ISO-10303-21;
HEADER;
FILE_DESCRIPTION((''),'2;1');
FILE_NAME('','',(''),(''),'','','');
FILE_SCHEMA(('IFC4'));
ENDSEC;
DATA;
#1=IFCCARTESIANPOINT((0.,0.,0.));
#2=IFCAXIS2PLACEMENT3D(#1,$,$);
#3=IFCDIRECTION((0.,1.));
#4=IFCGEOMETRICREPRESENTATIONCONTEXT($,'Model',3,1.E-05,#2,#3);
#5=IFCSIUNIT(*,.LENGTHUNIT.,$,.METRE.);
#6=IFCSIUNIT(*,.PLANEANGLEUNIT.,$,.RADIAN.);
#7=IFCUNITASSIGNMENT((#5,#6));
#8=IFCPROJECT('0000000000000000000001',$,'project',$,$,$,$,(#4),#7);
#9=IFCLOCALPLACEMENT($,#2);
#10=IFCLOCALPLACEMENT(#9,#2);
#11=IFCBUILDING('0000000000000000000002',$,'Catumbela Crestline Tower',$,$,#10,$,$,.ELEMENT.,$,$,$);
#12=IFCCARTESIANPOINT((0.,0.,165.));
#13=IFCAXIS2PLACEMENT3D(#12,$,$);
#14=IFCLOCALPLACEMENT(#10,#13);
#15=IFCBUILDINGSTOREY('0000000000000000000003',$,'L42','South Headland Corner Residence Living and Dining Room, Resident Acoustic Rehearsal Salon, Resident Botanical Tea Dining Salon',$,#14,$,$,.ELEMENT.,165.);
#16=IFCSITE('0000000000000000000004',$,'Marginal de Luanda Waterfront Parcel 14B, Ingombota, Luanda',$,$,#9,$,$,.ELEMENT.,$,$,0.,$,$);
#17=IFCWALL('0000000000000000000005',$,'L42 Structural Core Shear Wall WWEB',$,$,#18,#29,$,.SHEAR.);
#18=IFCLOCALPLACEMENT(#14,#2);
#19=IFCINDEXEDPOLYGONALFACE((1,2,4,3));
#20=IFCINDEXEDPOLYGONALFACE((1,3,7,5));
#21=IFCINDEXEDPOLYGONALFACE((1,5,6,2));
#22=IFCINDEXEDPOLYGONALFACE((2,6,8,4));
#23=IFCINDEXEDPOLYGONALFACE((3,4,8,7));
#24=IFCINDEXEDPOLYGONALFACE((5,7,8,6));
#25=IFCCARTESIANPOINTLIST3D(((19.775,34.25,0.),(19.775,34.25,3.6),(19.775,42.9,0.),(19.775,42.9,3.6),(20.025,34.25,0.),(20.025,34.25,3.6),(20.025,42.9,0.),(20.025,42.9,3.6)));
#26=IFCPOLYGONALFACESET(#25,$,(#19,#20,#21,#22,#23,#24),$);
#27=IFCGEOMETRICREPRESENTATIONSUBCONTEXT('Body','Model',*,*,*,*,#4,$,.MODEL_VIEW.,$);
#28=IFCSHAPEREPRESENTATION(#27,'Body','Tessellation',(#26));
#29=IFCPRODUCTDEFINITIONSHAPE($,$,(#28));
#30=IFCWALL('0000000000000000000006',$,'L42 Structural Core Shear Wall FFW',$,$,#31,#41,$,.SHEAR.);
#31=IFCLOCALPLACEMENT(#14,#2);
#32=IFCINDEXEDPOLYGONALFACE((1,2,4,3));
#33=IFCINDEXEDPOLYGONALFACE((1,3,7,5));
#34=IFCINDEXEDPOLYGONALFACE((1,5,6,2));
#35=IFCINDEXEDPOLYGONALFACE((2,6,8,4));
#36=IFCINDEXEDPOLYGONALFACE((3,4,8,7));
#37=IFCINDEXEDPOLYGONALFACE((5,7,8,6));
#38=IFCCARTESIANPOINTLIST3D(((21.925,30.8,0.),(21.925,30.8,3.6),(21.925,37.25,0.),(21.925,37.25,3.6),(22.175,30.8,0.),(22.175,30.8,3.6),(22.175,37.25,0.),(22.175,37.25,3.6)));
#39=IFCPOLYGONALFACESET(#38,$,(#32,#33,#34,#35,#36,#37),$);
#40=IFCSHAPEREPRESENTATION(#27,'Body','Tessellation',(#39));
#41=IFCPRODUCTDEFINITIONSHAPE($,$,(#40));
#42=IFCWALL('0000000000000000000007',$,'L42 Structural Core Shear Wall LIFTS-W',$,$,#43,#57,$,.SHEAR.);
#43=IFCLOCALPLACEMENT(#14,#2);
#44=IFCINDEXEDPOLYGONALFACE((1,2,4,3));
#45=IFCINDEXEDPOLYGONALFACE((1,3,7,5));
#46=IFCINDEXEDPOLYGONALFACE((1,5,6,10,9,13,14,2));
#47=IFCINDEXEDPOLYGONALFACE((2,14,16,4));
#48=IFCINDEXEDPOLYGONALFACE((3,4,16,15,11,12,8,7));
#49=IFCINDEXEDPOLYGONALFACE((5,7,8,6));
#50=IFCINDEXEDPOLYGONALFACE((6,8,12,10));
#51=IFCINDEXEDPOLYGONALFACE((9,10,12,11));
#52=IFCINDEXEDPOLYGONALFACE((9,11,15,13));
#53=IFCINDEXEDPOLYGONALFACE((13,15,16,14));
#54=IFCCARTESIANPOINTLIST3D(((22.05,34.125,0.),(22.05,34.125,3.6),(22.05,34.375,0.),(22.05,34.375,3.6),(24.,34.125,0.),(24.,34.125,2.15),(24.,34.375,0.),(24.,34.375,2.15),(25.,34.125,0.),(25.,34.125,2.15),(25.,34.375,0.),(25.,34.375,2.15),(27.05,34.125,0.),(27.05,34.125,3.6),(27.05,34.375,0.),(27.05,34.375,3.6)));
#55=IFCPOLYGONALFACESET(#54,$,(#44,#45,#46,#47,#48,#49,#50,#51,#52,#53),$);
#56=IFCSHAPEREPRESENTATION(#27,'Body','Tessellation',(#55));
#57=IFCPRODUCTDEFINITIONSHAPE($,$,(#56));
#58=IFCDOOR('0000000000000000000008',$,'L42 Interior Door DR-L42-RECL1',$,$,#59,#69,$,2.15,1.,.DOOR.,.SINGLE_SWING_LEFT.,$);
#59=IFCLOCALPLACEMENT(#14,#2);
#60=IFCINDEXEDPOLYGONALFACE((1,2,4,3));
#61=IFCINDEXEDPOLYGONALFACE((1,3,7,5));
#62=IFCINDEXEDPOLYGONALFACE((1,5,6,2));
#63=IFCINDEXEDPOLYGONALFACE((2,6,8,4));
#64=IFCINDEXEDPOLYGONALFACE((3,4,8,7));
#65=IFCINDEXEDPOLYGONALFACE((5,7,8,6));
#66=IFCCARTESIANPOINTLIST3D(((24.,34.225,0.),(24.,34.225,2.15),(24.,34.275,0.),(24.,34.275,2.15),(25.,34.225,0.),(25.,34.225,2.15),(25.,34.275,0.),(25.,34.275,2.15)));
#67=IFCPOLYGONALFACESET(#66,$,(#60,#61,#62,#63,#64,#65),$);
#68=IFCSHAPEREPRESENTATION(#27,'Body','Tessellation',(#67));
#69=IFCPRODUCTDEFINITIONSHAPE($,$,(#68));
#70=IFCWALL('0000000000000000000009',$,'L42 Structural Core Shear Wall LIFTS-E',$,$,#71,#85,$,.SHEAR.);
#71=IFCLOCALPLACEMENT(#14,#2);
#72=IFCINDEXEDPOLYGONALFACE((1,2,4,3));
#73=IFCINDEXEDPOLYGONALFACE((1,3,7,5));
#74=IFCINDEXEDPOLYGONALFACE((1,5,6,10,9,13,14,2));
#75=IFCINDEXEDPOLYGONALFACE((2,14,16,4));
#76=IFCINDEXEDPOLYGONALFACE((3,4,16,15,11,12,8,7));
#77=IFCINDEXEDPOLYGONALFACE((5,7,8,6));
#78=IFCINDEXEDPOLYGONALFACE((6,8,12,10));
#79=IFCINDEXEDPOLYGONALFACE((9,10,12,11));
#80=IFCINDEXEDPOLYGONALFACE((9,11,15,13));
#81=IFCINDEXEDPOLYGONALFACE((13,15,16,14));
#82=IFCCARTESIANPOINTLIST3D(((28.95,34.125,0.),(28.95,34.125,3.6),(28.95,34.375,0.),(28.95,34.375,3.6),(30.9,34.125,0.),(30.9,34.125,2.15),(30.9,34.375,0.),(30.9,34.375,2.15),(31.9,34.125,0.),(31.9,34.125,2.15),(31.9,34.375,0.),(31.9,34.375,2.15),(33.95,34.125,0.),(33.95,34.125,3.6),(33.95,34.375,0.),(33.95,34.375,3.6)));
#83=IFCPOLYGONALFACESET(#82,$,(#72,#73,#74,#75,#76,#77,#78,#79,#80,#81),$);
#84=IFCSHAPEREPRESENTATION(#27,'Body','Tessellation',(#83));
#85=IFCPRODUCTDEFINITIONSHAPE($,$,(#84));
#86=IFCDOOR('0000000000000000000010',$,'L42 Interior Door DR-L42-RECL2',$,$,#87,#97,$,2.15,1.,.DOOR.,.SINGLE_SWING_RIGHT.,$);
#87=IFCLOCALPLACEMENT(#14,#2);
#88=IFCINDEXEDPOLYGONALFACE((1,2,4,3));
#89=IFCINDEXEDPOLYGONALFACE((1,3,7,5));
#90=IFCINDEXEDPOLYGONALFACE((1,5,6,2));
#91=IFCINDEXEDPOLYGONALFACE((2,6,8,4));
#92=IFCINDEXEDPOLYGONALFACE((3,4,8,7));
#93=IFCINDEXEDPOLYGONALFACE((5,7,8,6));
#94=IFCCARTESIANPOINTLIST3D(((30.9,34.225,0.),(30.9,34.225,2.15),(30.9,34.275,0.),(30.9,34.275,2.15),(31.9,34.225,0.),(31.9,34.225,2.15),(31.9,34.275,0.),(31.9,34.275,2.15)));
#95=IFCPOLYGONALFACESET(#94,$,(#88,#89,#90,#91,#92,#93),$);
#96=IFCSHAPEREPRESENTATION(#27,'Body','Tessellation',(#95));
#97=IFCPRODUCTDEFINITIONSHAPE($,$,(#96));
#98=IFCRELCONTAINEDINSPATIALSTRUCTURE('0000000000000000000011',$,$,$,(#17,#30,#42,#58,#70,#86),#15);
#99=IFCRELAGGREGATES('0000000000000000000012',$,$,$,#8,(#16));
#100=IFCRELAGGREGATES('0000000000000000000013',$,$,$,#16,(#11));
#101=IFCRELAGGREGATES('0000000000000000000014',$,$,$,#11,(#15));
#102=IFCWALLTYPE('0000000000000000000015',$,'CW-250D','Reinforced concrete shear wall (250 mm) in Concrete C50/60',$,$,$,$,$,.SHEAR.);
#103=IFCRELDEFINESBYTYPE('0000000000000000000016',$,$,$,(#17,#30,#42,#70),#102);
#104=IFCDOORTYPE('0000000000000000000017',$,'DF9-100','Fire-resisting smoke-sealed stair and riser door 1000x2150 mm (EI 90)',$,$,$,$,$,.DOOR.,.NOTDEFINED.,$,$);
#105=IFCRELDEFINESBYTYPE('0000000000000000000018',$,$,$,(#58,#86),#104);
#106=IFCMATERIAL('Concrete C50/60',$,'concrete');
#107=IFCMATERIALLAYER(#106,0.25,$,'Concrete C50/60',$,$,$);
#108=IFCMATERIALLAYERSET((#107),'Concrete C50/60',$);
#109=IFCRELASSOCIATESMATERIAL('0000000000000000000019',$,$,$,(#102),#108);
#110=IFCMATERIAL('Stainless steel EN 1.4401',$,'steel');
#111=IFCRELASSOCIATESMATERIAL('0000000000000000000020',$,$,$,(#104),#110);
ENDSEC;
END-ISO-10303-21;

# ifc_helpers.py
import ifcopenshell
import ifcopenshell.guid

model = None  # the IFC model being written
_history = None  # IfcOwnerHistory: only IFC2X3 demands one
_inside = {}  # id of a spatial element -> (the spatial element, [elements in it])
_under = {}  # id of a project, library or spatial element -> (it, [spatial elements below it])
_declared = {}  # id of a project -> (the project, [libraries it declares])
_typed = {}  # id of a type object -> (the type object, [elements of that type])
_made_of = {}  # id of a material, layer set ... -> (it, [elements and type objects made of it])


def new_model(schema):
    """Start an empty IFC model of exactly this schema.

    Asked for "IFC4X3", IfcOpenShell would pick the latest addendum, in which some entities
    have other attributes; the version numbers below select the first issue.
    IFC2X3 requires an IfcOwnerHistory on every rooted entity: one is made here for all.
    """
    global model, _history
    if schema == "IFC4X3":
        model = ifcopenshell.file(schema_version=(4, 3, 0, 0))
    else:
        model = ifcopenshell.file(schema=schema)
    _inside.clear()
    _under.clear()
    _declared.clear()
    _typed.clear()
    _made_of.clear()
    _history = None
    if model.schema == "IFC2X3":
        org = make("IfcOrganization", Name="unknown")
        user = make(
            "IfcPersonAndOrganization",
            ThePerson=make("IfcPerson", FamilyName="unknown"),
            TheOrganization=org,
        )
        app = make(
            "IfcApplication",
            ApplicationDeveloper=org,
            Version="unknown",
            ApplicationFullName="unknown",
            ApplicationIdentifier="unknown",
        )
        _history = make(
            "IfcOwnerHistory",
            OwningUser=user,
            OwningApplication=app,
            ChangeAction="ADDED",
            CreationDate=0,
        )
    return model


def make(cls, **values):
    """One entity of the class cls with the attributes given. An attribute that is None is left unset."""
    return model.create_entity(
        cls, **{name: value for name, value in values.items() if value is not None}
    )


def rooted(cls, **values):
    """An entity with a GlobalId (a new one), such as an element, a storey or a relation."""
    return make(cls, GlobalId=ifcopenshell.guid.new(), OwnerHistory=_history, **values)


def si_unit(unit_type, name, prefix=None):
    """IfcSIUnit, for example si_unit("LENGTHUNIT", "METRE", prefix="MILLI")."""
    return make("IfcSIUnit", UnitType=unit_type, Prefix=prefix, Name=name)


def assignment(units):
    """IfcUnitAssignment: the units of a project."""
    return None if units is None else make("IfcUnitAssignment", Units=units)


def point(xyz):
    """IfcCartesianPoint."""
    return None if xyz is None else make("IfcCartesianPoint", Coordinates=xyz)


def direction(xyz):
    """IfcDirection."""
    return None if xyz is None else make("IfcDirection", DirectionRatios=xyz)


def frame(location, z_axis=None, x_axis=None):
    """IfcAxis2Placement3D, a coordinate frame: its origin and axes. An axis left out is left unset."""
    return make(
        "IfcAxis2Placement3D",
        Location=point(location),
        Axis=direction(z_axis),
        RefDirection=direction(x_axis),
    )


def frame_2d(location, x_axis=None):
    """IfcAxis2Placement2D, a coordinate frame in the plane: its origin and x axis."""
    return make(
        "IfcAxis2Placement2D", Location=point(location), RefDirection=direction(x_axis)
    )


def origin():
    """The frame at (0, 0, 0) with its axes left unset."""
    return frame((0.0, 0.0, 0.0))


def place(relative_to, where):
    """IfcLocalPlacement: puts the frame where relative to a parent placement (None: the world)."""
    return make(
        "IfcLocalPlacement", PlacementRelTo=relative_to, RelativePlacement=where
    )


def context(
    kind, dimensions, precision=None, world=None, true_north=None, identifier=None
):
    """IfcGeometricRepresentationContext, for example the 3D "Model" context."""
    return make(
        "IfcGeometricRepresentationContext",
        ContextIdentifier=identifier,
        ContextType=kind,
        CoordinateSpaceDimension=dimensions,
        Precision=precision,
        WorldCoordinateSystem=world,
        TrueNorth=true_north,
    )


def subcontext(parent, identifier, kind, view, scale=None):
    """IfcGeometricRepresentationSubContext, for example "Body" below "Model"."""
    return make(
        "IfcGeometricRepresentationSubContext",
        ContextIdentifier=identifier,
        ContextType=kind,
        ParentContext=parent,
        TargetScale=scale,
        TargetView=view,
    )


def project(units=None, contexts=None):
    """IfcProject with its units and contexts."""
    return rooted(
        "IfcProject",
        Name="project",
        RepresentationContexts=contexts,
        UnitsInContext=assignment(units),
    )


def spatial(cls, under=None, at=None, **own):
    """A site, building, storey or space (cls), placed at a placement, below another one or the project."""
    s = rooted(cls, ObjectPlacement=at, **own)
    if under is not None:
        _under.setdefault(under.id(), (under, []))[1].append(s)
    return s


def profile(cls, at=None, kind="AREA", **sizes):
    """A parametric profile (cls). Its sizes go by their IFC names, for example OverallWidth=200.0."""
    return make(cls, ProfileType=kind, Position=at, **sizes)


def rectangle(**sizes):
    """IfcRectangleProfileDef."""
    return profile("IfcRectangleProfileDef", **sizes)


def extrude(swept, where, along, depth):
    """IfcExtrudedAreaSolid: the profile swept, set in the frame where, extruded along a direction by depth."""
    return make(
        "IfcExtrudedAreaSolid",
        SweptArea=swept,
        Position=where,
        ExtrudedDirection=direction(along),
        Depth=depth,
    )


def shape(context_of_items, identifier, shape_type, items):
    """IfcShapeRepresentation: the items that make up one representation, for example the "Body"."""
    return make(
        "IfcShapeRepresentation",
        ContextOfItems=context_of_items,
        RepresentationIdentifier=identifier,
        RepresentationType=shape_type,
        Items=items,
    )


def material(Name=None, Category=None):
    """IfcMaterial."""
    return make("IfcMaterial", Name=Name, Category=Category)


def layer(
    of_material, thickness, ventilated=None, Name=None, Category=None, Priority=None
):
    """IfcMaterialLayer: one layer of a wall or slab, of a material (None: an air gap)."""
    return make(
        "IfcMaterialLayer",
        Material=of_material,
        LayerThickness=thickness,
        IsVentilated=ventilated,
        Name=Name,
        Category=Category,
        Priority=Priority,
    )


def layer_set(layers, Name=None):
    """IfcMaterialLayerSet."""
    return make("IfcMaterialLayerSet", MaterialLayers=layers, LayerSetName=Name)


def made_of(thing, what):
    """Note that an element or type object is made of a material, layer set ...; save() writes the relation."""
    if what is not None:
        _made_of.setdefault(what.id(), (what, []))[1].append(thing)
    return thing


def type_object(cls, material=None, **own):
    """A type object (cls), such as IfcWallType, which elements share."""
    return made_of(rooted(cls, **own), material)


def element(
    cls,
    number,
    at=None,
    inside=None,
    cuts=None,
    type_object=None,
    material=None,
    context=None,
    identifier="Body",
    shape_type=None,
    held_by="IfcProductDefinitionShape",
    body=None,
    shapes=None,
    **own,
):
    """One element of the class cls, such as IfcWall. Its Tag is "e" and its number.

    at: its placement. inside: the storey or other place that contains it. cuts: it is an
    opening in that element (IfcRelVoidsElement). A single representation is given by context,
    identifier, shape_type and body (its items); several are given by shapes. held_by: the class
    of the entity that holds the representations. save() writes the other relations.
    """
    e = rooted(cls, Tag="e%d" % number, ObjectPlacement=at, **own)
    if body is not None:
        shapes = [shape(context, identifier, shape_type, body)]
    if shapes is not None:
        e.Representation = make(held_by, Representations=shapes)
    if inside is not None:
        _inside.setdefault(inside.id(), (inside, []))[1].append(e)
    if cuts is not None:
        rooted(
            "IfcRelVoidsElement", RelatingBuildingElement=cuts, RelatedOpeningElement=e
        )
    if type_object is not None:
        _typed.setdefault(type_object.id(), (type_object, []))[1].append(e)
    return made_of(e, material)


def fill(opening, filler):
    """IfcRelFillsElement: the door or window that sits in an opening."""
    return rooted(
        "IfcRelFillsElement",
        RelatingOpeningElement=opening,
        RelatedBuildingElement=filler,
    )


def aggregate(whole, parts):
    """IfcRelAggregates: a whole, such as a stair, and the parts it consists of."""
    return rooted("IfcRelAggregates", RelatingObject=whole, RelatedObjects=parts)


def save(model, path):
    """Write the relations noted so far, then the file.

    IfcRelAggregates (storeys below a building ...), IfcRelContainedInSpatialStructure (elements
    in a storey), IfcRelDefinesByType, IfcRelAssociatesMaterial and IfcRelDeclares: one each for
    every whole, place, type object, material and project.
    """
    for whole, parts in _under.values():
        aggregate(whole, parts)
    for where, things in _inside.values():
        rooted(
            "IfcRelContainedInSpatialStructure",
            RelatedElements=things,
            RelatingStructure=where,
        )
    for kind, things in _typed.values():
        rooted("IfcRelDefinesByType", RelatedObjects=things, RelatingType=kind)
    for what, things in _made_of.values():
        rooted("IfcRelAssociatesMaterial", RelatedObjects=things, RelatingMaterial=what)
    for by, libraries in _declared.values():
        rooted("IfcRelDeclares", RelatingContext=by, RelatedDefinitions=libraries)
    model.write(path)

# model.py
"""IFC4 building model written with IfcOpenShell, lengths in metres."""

from ifc_helpers import new_model, si_unit, direction, frame, frame_2d, origin, place, context, subcontext, project, spatial, rectangle, extrude, material, layer, layer_set, type_object, element, fill, save


model = new_model("IFC4")

# Units and contexts
model_context = context("Model", 3, precision=1e-05, world=origin(), true_north=direction((0.0, 1.0)))
body_context = subcontext(model_context, "Body", "Model", "MODEL_VIEW")
ifc_project = project(units=[si_unit("LENGTHUNIT", "METRE"), si_unit("PLANEANGLEUNIT", "RADIAN")], contexts=[model_context])

# Site, building, storey
site_placement = place(None, origin())
site = spatial("IfcSite", under=ifc_project, at=site_placement, Name="Marginal de Luanda Waterfront Parcel 14B, Ingombota, Luanda", CompositionType="ELEMENT", RefElevation=0.0)
building_placement = place(site_placement, origin())
building = spatial("IfcBuilding", under=site, at=building_placement, Name="Catumbela Crestline Tower", CompositionType="ELEMENT")
storey_placement = place(building_placement, frame((0.0, 0.0, 165.0)))
storey = spatial("IfcBuildingStorey", under=building, at=storey_placement, Name="L42", Description="South Headland Corner Residence Living and Dining Room, Resident Acoustic Rehearsal Salon, Resident Botanical Tea Dining Salon", CompositionType="ELEMENT", Elevation=165.0)

# Walls
ifc_material_1 = material(Name="Concrete C50/60", Category="concrete")
ifc_layer_1 = layer(ifc_material_1, 0.25, Name="Concrete C50/60")
ifc_layer_set_1 = layer_set([ifc_layer_1], Name="Concrete C50/60")
wall_type_1 = type_object("IfcWallType", Name="CW-250D", Description="Reinforced concrete shear wall (250 mm) in Concrete C50/60", PredefinedType="SHEAR", material=ifc_layer_set_1)
wall_1_placement = place(storey_placement, frame((19.9, 34.25, 0.0), z_axis=(0.0, 0.0, 1.0), x_axis=(0.0, 1.0, 0.0)))
element("IfcWall", 1, at=wall_1_placement, inside=storey, type_object=wall_type_1, Name="L42 Structural Core Shear Wall WWEB", PredefinedType="SHEAR", context=body_context, shape_type="SweptSolid", body=[
    extrude(rectangle(XDim=8.65, YDim=0.25, at=frame_2d((4.325, 0.0))), origin(), (0.0, 0.0, 1.0), 3.6),
])
wall_2_placement = place(storey_placement, frame((22.05, 30.8, 0.0), z_axis=(0.0, 0.0, 1.0), x_axis=(0.0, 1.0, 0.0)))
element("IfcWall", 2, at=wall_2_placement, inside=storey, type_object=wall_type_1, Name="L42 Structural Core Shear Wall FFW", PredefinedType="SHEAR", context=body_context, shape_type="SweptSolid", body=[
    extrude(rectangle(XDim=6.45, YDim=0.25, at=frame_2d((3.225, 0.0))), origin(), (0.0, 0.0, 1.0), 3.6),
])

# Walls, openings, doors
wall_3_placement = place(storey_placement, frame((22.05, 34.25, 0.0), z_axis=(0.0, 0.0, 1.0), x_axis=(1.0, 0.0, 0.0)))
wall_3 = element("IfcWall", 3, at=wall_3_placement, inside=storey, type_object=wall_type_1, Name="L42 Structural Core Shear Wall LIFTS-W", PredefinedType="SHEAR", context=body_context, shape_type="SweptSolid", body=[
    extrude(rectangle(XDim=5.0, YDim=0.25, at=frame_2d((2.5, 0.0))), origin(), (0.0, 0.0, 1.0), 3.6),
])
opening_1_placement = place(wall_3_placement, frame((1.95, 0.0, 0.0)))
opening_1 = element("IfcOpeningElement", 4, at=opening_1_placement, cuts=wall_3, PredefinedType="OPENING", context=body_context, shape_type="SweptSolid", body=[
    extrude(rectangle(XDim=1.0, YDim=2.15, at=frame_2d((0.5, 1.075))), frame((0.0, 0.135, 0.0), z_axis=(0.0, -1.0, 0.0), x_axis=(1.0, 0.0, 0.0)), (0.0, 0.0, 1.0), 0.27),
])
ifc_material_2 = material(Name="Stainless steel EN 1.4401", Category="steel")
door_type_1 = type_object("IfcDoorType", Name="DF9-100", Description="Fire-resisting smoke-sealed stair and riser door 1000x2150 mm (EI 90)", OperationType="NOTDEFINED", PredefinedType="DOOR", material=ifc_material_2)
door_1_placement = place(opening_1_placement, origin())
door_1 = element("IfcDoor", 5, at=door_1_placement, inside=storey, type_object=door_type_1, Name="L42 Interior Door DR-L42-RECL1", OperationType="SINGLE_SWING_LEFT", OverallHeight=2.15, OverallWidth=1.0, PredefinedType="DOOR", context=body_context, shape_type="SweptSolid", body=[
    extrude(rectangle(XDim=1.0, YDim=2.15, at=frame_2d((0.5, 1.075))), frame((0.0, 0.025, 0.0), z_axis=(0.0, -1.0, 0.0), x_axis=(1.0, 0.0, 0.0)), (0.0, 0.0, 1.0), 0.05),
])
fill(opening_1, door_1)
wall_4_placement = place(storey_placement, frame((28.95, 34.25, 0.0), z_axis=(0.0, 0.0, 1.0), x_axis=(1.0, 0.0, 0.0)))
wall_4 = element("IfcWall", 6, at=wall_4_placement, inside=storey, type_object=wall_type_1, Name="L42 Structural Core Shear Wall LIFTS-E", PredefinedType="SHEAR", context=body_context, shape_type="SweptSolid", body=[
    extrude(rectangle(XDim=5.0, YDim=0.25, at=frame_2d((2.5, 0.0))), origin(), (0.0, 0.0, 1.0), 3.6),
])
opening_2_placement = place(wall_4_placement, frame((1.95, 0.0, 0.0)))
opening_2 = element("IfcOpeningElement", 7, at=opening_2_placement, cuts=wall_4, PredefinedType="OPENING", context=body_context, shape_type="SweptSolid", body=[
    extrude(rectangle(XDim=1.0, YDim=2.15, at=frame_2d((0.5, 1.075))), frame((0.0, 0.135, 0.0), z_axis=(0.0, -1.0, 0.0), x_axis=(1.0, 0.0, 0.0)), (0.0, 0.0, 1.0), 0.27),
])
door_2_placement = place(opening_2_placement, origin())
door_2 = element("IfcDoor", 8, at=door_2_placement, inside=storey, type_object=door_type_1, Name="L42 Interior Door DR-L42-RECL2", OperationType="SINGLE_SWING_RIGHT", OverallHeight=2.15, OverallWidth=1.0, PredefinedType="DOOR", context=body_context, shape_type="SweptSolid", body=[
    extrude(rectangle(XDim=1.0, YDim=2.15, at=frame_2d((0.5, 1.075))), frame((0.0, 0.025, 0.0), z_axis=(0.0, -1.0, 0.0), x_axis=(1.0, 0.0, 0.0)), (0.0, 0.0, 1.0), 0.05),
])
fill(opening_2, door_2)

save(model, "model.ifc")
